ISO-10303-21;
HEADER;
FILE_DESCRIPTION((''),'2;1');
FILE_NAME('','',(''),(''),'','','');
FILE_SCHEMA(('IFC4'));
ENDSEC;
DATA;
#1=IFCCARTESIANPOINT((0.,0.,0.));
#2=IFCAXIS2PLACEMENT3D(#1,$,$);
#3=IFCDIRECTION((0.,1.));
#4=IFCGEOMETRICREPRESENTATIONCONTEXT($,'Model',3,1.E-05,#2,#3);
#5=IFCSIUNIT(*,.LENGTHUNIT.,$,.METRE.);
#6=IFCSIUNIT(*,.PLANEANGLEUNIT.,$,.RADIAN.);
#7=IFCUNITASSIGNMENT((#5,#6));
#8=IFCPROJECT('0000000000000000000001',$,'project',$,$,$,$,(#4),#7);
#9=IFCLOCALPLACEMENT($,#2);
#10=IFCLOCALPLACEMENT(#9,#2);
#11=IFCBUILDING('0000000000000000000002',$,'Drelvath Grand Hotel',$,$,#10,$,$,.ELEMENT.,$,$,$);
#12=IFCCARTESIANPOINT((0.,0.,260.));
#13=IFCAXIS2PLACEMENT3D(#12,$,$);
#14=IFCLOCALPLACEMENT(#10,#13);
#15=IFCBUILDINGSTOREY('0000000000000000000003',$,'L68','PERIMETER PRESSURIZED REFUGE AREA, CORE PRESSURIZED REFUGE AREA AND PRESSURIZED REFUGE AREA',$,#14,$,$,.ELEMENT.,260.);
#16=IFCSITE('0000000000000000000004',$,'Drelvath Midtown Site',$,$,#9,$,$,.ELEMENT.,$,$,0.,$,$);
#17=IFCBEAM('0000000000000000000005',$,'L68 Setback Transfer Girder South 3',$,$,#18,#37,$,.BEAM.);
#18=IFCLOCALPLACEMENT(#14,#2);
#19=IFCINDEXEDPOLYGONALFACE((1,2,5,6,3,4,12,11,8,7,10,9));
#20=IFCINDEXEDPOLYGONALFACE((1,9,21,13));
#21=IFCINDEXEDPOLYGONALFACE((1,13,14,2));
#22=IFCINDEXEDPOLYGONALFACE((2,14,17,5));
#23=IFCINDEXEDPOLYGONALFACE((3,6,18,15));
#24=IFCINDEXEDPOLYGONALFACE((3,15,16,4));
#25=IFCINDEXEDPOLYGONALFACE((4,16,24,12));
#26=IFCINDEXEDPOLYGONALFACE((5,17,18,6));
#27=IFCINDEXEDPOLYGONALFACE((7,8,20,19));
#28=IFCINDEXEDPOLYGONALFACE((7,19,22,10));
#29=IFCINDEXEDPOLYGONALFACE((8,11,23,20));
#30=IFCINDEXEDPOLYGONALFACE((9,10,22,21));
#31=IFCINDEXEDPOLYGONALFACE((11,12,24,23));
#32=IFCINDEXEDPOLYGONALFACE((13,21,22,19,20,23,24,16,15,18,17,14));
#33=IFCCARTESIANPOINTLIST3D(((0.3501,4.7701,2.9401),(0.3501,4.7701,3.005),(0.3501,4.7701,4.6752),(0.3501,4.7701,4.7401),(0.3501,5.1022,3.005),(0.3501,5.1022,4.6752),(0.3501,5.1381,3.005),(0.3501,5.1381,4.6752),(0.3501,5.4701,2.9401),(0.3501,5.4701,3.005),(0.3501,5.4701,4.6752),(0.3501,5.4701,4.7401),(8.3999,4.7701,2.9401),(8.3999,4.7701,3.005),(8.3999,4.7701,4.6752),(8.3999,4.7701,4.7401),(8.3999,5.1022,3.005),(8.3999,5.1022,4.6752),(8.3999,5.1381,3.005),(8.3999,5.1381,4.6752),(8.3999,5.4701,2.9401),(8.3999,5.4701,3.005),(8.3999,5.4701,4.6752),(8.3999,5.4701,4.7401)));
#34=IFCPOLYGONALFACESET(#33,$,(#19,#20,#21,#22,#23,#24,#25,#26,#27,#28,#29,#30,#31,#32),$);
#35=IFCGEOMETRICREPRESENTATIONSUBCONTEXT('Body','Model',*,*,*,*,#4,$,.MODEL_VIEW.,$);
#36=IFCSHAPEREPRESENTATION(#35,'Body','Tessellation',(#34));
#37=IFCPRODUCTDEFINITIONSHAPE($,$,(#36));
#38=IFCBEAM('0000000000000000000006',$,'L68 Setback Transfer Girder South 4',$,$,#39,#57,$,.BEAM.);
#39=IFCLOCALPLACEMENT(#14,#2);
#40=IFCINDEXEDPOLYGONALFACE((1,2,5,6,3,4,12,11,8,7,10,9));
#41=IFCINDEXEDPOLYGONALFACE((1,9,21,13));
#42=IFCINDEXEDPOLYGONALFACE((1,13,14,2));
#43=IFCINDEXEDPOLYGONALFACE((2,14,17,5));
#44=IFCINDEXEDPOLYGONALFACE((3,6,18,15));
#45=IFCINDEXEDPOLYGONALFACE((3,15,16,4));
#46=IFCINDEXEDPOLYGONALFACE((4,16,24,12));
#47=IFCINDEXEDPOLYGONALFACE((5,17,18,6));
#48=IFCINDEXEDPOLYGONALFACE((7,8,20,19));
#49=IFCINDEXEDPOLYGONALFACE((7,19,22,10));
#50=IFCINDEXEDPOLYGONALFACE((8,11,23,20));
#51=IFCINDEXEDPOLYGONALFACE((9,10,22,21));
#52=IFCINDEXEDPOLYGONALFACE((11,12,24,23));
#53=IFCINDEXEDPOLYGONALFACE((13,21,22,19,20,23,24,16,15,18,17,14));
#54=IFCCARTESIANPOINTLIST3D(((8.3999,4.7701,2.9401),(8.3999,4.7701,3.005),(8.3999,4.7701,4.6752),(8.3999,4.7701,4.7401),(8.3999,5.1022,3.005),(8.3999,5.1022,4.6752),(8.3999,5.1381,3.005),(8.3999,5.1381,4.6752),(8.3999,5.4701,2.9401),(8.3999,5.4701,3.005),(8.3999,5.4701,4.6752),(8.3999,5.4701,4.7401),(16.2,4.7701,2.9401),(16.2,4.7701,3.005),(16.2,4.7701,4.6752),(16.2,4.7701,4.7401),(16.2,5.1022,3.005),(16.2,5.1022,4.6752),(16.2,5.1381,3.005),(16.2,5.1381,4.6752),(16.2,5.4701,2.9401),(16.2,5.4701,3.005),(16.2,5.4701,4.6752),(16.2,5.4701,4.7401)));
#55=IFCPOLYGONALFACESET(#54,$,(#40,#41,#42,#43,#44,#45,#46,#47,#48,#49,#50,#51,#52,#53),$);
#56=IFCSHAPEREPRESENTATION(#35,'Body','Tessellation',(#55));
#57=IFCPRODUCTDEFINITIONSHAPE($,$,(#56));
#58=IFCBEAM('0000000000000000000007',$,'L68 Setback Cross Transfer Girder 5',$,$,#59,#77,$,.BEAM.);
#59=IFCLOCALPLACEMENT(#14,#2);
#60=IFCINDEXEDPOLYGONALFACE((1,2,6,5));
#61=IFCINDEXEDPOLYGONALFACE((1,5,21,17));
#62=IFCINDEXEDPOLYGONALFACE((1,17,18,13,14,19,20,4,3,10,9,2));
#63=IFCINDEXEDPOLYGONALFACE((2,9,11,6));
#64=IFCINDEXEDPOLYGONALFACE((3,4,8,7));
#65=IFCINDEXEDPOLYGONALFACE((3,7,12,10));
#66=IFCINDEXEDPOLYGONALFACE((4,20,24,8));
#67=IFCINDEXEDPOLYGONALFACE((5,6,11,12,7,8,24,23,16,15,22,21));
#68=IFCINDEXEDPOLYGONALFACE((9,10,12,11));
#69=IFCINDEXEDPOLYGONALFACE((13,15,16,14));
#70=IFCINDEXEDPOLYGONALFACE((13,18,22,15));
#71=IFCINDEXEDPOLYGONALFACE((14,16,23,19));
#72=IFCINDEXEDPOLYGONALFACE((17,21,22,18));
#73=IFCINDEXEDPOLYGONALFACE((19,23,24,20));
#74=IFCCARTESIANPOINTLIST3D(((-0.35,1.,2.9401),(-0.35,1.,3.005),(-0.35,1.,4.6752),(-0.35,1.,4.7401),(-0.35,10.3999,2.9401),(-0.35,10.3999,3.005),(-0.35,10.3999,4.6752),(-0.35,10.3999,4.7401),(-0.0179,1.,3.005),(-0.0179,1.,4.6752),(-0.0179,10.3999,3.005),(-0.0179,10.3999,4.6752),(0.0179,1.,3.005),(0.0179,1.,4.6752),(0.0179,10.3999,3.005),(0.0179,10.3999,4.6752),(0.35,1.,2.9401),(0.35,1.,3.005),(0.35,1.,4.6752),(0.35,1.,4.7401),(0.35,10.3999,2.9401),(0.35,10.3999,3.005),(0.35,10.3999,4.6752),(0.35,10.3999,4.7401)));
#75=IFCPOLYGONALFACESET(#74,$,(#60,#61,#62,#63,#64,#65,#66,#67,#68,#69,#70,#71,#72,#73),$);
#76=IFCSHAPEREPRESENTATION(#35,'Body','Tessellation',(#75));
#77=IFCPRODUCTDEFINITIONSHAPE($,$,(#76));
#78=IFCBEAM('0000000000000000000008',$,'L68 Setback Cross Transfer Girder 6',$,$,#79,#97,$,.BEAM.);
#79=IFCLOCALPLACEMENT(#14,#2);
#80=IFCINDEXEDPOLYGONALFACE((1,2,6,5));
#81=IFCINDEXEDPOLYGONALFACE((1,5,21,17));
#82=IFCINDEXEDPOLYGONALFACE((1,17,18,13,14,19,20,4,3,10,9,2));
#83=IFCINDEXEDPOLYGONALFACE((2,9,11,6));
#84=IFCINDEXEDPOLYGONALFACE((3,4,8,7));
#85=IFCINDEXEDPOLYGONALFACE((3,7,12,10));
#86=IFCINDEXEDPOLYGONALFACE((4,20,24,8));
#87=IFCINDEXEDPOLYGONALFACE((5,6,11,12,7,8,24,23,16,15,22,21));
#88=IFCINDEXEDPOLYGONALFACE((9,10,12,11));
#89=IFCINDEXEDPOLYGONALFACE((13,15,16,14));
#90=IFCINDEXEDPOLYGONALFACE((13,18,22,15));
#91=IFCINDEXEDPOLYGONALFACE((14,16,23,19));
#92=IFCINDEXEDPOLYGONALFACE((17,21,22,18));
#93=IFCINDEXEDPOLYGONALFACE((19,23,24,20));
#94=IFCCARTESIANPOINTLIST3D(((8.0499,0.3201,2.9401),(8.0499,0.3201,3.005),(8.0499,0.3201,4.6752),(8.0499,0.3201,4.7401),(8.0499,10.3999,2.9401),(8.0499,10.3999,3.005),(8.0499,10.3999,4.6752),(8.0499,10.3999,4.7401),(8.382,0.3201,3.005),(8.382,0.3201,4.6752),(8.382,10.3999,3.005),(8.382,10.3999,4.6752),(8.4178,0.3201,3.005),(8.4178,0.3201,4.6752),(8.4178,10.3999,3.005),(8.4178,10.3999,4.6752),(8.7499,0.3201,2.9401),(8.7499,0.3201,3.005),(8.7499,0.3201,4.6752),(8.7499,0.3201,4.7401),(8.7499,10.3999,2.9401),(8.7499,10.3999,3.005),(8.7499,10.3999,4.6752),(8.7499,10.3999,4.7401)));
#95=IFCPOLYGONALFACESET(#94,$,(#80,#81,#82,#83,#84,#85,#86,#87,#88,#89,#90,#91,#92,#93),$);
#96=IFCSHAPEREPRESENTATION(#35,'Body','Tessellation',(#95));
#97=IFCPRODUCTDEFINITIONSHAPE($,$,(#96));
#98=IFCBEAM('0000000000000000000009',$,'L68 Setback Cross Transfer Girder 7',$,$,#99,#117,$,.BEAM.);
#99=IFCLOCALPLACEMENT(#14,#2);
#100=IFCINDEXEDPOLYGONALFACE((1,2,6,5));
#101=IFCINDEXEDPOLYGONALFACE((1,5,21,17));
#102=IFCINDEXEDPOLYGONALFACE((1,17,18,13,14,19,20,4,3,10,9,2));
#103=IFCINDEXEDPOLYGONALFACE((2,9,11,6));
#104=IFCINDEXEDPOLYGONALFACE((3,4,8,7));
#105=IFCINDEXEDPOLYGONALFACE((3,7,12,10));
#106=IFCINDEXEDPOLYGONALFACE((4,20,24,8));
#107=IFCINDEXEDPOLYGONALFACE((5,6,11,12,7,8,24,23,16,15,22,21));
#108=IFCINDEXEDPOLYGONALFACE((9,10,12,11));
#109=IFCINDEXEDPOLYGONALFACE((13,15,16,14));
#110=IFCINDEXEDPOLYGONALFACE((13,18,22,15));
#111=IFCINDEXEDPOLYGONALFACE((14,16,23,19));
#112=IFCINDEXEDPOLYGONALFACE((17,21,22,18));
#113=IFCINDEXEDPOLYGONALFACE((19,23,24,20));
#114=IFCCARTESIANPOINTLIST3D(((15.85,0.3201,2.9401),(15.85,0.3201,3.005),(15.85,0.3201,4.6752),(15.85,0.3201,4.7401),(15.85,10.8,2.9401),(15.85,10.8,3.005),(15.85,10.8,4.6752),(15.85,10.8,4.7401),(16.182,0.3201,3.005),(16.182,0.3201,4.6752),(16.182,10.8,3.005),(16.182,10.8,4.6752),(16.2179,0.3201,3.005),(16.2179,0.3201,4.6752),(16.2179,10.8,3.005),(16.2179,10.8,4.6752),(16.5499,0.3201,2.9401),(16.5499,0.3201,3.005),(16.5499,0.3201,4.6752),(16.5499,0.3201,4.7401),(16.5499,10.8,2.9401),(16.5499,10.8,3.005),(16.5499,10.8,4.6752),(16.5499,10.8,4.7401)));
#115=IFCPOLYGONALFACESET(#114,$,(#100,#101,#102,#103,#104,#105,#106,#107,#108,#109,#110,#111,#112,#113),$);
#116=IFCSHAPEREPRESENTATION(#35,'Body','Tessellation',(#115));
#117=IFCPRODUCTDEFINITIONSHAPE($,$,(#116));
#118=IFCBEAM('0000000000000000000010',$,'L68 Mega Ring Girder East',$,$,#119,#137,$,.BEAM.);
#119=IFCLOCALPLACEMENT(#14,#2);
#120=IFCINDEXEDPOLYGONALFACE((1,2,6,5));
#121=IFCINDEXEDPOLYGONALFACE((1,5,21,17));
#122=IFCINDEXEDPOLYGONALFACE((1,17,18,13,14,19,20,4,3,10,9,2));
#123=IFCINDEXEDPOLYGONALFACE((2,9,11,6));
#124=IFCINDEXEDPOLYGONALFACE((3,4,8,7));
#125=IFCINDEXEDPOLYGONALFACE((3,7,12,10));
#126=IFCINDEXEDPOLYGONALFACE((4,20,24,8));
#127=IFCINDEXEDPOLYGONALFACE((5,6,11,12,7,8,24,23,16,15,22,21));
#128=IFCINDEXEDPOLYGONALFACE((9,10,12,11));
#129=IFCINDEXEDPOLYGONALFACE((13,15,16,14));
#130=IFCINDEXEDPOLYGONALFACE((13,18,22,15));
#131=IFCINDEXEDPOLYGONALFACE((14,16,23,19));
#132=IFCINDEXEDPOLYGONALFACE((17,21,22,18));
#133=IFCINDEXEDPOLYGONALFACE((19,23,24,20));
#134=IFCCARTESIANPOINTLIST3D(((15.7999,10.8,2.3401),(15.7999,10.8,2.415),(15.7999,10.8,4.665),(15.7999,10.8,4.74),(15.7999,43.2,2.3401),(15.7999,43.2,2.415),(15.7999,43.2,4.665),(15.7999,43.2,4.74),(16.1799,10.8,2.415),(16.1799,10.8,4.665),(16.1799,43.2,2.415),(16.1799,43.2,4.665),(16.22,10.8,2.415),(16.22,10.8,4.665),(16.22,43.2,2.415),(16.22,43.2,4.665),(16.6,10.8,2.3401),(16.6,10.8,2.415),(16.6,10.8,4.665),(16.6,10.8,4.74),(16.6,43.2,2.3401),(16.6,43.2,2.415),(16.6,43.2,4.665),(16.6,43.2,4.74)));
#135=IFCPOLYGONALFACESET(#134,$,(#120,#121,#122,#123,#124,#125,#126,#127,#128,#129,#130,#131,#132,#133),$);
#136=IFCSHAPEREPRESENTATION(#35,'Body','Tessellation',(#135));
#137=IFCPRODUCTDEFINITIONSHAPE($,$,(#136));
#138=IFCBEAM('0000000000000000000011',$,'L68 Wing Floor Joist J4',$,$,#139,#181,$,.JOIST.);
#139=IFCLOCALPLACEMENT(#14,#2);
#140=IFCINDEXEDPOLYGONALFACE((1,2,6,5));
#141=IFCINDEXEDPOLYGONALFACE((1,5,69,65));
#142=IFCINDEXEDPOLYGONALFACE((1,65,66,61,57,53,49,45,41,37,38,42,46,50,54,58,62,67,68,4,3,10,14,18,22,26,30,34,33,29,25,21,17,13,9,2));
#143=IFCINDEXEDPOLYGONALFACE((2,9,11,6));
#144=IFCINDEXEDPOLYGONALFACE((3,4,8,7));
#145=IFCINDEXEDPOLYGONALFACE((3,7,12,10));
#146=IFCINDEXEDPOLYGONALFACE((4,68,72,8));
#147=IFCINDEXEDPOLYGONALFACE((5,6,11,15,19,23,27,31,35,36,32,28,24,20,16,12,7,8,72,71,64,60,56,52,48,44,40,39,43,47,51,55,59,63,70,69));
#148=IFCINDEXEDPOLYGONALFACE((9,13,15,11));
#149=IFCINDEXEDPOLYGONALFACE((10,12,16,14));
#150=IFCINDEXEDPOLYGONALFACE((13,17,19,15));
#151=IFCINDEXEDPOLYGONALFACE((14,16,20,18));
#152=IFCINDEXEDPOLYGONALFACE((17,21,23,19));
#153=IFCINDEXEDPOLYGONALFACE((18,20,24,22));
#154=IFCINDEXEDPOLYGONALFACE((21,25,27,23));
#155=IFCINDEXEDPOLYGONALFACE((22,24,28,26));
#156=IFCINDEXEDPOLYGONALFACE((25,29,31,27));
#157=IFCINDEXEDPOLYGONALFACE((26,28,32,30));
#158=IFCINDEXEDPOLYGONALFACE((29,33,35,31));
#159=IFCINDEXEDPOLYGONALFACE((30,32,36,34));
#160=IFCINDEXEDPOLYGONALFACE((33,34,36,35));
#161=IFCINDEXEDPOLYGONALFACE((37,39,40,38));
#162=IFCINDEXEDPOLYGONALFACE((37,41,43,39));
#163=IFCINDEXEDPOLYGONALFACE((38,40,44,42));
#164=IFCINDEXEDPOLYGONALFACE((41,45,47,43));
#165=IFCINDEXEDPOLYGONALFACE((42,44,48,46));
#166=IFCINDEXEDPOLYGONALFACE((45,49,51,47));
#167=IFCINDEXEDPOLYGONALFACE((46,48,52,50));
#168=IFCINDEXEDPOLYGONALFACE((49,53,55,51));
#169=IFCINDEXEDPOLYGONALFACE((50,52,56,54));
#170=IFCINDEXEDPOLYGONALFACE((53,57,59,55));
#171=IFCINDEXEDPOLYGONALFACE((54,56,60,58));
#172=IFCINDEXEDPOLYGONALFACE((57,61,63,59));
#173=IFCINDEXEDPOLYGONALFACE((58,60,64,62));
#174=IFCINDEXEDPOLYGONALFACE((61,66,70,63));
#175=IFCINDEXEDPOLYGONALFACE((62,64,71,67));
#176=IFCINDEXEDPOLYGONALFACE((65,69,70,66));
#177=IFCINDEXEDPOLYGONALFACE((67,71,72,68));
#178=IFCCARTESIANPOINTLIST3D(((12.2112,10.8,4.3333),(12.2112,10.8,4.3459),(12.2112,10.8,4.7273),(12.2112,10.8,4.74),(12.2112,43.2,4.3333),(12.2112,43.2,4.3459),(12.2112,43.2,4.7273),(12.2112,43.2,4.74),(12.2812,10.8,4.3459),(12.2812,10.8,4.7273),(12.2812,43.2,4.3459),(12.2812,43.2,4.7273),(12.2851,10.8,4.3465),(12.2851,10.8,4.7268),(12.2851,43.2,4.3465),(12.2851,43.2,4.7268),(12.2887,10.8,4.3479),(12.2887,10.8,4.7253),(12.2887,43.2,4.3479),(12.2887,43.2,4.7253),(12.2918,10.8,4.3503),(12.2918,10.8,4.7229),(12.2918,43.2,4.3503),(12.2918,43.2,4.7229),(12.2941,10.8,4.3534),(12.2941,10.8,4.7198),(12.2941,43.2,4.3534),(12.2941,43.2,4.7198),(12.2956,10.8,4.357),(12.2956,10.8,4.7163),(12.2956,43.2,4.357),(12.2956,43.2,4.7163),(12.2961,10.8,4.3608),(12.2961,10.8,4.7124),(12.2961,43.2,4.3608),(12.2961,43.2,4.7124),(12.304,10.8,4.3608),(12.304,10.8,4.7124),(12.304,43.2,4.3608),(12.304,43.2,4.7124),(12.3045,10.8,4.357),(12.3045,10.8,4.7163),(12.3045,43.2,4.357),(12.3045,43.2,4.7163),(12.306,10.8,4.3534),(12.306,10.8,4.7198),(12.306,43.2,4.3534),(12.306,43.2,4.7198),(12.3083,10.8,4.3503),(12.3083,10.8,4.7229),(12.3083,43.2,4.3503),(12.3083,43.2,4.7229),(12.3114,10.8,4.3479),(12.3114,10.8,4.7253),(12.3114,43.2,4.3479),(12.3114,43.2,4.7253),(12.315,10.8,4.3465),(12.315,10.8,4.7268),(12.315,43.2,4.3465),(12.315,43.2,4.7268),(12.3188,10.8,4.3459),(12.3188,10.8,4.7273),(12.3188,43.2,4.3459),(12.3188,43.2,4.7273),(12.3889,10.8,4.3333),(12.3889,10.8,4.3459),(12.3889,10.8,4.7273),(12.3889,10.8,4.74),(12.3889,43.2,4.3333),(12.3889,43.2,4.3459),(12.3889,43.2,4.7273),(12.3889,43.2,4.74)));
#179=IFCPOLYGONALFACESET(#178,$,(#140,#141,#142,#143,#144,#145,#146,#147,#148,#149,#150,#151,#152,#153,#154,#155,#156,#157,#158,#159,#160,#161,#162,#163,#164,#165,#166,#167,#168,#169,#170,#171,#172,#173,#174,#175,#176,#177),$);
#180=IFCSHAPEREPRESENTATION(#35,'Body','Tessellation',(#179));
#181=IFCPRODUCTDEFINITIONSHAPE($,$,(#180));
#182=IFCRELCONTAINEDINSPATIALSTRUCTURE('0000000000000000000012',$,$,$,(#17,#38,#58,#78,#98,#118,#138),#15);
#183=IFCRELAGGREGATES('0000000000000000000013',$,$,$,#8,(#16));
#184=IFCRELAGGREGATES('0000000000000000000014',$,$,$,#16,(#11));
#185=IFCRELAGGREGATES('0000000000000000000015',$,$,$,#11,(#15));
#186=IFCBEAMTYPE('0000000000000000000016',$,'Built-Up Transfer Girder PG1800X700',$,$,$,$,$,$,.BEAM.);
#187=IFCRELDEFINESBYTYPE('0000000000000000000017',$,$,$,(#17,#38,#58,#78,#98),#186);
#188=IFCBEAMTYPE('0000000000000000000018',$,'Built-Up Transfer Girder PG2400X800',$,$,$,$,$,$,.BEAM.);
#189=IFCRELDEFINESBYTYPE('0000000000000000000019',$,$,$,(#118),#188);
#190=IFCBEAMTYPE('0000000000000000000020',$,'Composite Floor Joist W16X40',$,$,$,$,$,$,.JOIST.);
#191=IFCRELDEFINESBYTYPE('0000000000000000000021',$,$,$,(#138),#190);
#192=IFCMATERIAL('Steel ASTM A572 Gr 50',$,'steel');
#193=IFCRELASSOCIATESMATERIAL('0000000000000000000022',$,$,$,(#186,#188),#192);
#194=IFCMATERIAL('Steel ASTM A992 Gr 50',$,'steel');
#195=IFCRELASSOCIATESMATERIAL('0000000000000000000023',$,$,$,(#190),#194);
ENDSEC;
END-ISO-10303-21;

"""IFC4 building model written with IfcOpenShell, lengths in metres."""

from ifc_helpers import new_model, si_unit, direction, frame, origin, origin_2d, place, context, subcontext, project, spatial, i_section, extrude, material, material_profile, profile_set, type_object, element, save


model = new_model("IFC4")

# Units and contexts
model_context = context("Model", 3, precision=1e-05, world=origin(), true_north=direction((0.0, 1.0)))
body_context = subcontext(model_context, "Body", "Model", "MODEL_VIEW")
ifc_project = project(units=[si_unit("LENGTHUNIT", "METRE"), si_unit("PLANEANGLEUNIT", "RADIAN")], contexts=[model_context])

# Site, building, storey
site_placement = place(None, origin())
site = spatial("IfcSite", under=ifc_project, at=site_placement, Name="Drelvath Midtown Site", CompositionType="ELEMENT", RefElevation=0.0)
building_placement = place(site_placement, origin())
building = spatial("IfcBuilding", under=site, at=building_placement, Name="Drelvath Grand Hotel", CompositionType="ELEMENT")
storey_placement = place(building_placement, frame((0.0, 0.0, 260.0)))
storey = spatial("IfcBuildingStorey", under=building, at=storey_placement, Name="L68", Description="PERIMETER PRESSURIZED REFUGE AREA, CORE PRESSURIZED REFUGE AREA AND PRESSURIZED REFUGE AREA", CompositionType="ELEMENT", Elevation=260.0)

# Beams
ifc_material_1 = material(Name="Steel ASTM A572 Gr 50", Category="steel")
ifc_material_profile_1 = material_profile(ifc_material_1, i_section(OverallWidth=0.7, OverallDepth=1.8, WebThickness=0.0359, FlangeThickness=0.0649, at=origin_2d()), Name="PG1800X700")
ifc_profile_set_1 = profile_set([ifc_material_profile_1], Name="Steel ASTM A572 Gr 50")
beam_type_1 = type_object("IfcBeamType", Name="Built-Up Transfer Girder PG1800X700", PredefinedType="BEAM", material=ifc_profile_set_1)
beam_1_placement = place(storey_placement, frame((0.3501, 5.1201, 3.8401), z_axis=(1.0, 0.0, 0.0), x_axis=(0.0, 1.0, 0.0)))
element("IfcBeam", 1, at=beam_1_placement, inside=storey, type_object=beam_type_1, Name="L68 Setback Transfer Girder South 3", PredefinedType="BEAM", context=body_context, shape_type="SweptSolid", body=[
    extrude(i_section(OverallWidth=0.7, OverallDepth=1.8, WebThickness=0.0359, FlangeThickness=0.0649, at=origin_2d()), origin(), (0.0, 0.0, 1.0), 8.0498),
])
beam_2_placement = place(storey_placement, frame((8.3999, 5.1201, 3.8401), z_axis=(1.0, 0.0, 0.0), x_axis=(0.0, 1.0, 0.0)))
element("IfcBeam", 2, at=beam_2_placement, inside=storey, type_object=beam_type_1, Name="L68 Setback Transfer Girder South 4", PredefinedType="BEAM", context=body_context, shape_type="SweptSolid", body=[
    extrude(i_section(OverallWidth=0.7, OverallDepth=1.8, WebThickness=0.0359, FlangeThickness=0.0649, at=origin_2d()), origin(), (0.0, 0.0, 1.0), 7.8),
])
beam_3_placement = place(storey_placement, frame((0.0, 1.0, 3.8401), z_axis=(0.0, 1.0, 0.0), x_axis=(-1.0, 0.0, 0.0)))
element("IfcBeam", 3, at=beam_3_placement, inside=storey, type_object=beam_type_1, Name="L68 Setback Cross Transfer Girder 5", PredefinedType="BEAM", context=body_context, shape_type="SweptSolid", body=[
    extrude(i_section(OverallWidth=0.7, OverallDepth=1.8, WebThickness=0.0359, FlangeThickness=0.0649, at=origin_2d()), origin(), (0.0, 0.0, 1.0), 9.3999),
])
beam_4_placement = place(storey_placement, frame((8.3999, 0.3201, 3.8401), z_axis=(0.0, 1.0, 0.0), x_axis=(-1.0, 0.0, 0.0)))
element("IfcBeam", 4, at=beam_4_placement, inside=storey, type_object=beam_type_1, Name="L68 Setback Cross Transfer Girder 6", PredefinedType="BEAM", context=body_context, shape_type="SweptSolid", body=[
    extrude(i_section(OverallWidth=0.7, OverallDepth=1.8, WebThickness=0.0359, FlangeThickness=0.0649, at=origin_2d()), origin(), (0.0, 0.0, 1.0), 10.0798),
])
beam_5_placement = place(storey_placement, frame((16.2, 0.3201, 3.8401), z_axis=(0.0, 1.0, 0.0), x_axis=(-1.0, 0.0, 0.0)))
element("IfcBeam", 5, at=beam_5_placement, inside=storey, type_object=beam_type_1, Name="L68 Setback Cross Transfer Girder 7", PredefinedType="BEAM", context=body_context, shape_type="SweptSolid", body=[
    extrude(i_section(OverallWidth=0.7, OverallDepth=1.8, WebThickness=0.0359, FlangeThickness=0.0649, at=origin_2d()), origin(), (0.0, 0.0, 1.0), 10.48),
])
ifc_material_profile_2 = material_profile(ifc_material_1, i_section(OverallWidth=0.8, OverallDepth=2.3999, WebThickness=0.04, FlangeThickness=0.075, at=origin_2d()), Name="PG2400X800")
ifc_profile_set_2 = profile_set([ifc_material_profile_2], Name="Steel ASTM A572 Gr 50")
beam_type_2 = type_object("IfcBeamType", Name="Built-Up Transfer Girder PG2400X800", PredefinedType="BEAM", material=ifc_profile_set_2)
beam_6_placement = place(storey_placement, frame((16.2, 10.8, 3.54), z_axis=(0.0, 1.0, 0.0), x_axis=(-1.0, 0.0, 0.0)))
element("IfcBeam", 6, at=beam_6_placement, inside=storey, type_object=beam_type_2, Name="L68 Mega Ring Girder East", PredefinedType="BEAM", context=body_context, shape_type="SweptSolid", body=[
    extrude(i_section(OverallWidth=0.8, OverallDepth=2.3999, WebThickness=0.04, FlangeThickness=0.075, at=origin_2d()), origin(), (0.0, 0.0, 1.0), 32.3999),
])
ifc_material_2 = material(Name="Steel ASTM A992 Gr 50", Category="steel")
ifc_material_profile_3 = material_profile(ifc_material_2, i_section(OverallWidth=0.1777, OverallDepth=0.4067, WebThickness=0.0078, FlangeThickness=0.0127, FilletRadius=0.0149, at=origin_2d()), Name="W16X40")
ifc_profile_set_3 = profile_set([ifc_material_profile_3], Name="Steel ASTM A992 Gr 50")
beam_type_3 = type_object("IfcBeamType", Name="Composite Floor Joist W16X40", PredefinedType="JOIST", material=ifc_profile_set_3)
beam_7_placement = place(storey_placement, frame((12.3, 10.8, 4.5366), z_axis=(0.0, 1.0, 0.0), x_axis=(-1.0, 0.0, 0.0)))
element("IfcBeam", 7, at=beam_7_placement, inside=storey, type_object=beam_type_3, Name="L68 Wing Floor Joist J4", PredefinedType="JOIST", context=body_context, shape_type="SweptSolid", body=[
    extrude(i_section(OverallWidth=0.1777, OverallDepth=0.4067, WebThickness=0.0078, FlangeThickness=0.0127, FilletRadius=0.0149, at=origin_2d()), origin(), (0.0, 0.0, 1.0), 32.3999),
])

save(model, "model.ifc")
